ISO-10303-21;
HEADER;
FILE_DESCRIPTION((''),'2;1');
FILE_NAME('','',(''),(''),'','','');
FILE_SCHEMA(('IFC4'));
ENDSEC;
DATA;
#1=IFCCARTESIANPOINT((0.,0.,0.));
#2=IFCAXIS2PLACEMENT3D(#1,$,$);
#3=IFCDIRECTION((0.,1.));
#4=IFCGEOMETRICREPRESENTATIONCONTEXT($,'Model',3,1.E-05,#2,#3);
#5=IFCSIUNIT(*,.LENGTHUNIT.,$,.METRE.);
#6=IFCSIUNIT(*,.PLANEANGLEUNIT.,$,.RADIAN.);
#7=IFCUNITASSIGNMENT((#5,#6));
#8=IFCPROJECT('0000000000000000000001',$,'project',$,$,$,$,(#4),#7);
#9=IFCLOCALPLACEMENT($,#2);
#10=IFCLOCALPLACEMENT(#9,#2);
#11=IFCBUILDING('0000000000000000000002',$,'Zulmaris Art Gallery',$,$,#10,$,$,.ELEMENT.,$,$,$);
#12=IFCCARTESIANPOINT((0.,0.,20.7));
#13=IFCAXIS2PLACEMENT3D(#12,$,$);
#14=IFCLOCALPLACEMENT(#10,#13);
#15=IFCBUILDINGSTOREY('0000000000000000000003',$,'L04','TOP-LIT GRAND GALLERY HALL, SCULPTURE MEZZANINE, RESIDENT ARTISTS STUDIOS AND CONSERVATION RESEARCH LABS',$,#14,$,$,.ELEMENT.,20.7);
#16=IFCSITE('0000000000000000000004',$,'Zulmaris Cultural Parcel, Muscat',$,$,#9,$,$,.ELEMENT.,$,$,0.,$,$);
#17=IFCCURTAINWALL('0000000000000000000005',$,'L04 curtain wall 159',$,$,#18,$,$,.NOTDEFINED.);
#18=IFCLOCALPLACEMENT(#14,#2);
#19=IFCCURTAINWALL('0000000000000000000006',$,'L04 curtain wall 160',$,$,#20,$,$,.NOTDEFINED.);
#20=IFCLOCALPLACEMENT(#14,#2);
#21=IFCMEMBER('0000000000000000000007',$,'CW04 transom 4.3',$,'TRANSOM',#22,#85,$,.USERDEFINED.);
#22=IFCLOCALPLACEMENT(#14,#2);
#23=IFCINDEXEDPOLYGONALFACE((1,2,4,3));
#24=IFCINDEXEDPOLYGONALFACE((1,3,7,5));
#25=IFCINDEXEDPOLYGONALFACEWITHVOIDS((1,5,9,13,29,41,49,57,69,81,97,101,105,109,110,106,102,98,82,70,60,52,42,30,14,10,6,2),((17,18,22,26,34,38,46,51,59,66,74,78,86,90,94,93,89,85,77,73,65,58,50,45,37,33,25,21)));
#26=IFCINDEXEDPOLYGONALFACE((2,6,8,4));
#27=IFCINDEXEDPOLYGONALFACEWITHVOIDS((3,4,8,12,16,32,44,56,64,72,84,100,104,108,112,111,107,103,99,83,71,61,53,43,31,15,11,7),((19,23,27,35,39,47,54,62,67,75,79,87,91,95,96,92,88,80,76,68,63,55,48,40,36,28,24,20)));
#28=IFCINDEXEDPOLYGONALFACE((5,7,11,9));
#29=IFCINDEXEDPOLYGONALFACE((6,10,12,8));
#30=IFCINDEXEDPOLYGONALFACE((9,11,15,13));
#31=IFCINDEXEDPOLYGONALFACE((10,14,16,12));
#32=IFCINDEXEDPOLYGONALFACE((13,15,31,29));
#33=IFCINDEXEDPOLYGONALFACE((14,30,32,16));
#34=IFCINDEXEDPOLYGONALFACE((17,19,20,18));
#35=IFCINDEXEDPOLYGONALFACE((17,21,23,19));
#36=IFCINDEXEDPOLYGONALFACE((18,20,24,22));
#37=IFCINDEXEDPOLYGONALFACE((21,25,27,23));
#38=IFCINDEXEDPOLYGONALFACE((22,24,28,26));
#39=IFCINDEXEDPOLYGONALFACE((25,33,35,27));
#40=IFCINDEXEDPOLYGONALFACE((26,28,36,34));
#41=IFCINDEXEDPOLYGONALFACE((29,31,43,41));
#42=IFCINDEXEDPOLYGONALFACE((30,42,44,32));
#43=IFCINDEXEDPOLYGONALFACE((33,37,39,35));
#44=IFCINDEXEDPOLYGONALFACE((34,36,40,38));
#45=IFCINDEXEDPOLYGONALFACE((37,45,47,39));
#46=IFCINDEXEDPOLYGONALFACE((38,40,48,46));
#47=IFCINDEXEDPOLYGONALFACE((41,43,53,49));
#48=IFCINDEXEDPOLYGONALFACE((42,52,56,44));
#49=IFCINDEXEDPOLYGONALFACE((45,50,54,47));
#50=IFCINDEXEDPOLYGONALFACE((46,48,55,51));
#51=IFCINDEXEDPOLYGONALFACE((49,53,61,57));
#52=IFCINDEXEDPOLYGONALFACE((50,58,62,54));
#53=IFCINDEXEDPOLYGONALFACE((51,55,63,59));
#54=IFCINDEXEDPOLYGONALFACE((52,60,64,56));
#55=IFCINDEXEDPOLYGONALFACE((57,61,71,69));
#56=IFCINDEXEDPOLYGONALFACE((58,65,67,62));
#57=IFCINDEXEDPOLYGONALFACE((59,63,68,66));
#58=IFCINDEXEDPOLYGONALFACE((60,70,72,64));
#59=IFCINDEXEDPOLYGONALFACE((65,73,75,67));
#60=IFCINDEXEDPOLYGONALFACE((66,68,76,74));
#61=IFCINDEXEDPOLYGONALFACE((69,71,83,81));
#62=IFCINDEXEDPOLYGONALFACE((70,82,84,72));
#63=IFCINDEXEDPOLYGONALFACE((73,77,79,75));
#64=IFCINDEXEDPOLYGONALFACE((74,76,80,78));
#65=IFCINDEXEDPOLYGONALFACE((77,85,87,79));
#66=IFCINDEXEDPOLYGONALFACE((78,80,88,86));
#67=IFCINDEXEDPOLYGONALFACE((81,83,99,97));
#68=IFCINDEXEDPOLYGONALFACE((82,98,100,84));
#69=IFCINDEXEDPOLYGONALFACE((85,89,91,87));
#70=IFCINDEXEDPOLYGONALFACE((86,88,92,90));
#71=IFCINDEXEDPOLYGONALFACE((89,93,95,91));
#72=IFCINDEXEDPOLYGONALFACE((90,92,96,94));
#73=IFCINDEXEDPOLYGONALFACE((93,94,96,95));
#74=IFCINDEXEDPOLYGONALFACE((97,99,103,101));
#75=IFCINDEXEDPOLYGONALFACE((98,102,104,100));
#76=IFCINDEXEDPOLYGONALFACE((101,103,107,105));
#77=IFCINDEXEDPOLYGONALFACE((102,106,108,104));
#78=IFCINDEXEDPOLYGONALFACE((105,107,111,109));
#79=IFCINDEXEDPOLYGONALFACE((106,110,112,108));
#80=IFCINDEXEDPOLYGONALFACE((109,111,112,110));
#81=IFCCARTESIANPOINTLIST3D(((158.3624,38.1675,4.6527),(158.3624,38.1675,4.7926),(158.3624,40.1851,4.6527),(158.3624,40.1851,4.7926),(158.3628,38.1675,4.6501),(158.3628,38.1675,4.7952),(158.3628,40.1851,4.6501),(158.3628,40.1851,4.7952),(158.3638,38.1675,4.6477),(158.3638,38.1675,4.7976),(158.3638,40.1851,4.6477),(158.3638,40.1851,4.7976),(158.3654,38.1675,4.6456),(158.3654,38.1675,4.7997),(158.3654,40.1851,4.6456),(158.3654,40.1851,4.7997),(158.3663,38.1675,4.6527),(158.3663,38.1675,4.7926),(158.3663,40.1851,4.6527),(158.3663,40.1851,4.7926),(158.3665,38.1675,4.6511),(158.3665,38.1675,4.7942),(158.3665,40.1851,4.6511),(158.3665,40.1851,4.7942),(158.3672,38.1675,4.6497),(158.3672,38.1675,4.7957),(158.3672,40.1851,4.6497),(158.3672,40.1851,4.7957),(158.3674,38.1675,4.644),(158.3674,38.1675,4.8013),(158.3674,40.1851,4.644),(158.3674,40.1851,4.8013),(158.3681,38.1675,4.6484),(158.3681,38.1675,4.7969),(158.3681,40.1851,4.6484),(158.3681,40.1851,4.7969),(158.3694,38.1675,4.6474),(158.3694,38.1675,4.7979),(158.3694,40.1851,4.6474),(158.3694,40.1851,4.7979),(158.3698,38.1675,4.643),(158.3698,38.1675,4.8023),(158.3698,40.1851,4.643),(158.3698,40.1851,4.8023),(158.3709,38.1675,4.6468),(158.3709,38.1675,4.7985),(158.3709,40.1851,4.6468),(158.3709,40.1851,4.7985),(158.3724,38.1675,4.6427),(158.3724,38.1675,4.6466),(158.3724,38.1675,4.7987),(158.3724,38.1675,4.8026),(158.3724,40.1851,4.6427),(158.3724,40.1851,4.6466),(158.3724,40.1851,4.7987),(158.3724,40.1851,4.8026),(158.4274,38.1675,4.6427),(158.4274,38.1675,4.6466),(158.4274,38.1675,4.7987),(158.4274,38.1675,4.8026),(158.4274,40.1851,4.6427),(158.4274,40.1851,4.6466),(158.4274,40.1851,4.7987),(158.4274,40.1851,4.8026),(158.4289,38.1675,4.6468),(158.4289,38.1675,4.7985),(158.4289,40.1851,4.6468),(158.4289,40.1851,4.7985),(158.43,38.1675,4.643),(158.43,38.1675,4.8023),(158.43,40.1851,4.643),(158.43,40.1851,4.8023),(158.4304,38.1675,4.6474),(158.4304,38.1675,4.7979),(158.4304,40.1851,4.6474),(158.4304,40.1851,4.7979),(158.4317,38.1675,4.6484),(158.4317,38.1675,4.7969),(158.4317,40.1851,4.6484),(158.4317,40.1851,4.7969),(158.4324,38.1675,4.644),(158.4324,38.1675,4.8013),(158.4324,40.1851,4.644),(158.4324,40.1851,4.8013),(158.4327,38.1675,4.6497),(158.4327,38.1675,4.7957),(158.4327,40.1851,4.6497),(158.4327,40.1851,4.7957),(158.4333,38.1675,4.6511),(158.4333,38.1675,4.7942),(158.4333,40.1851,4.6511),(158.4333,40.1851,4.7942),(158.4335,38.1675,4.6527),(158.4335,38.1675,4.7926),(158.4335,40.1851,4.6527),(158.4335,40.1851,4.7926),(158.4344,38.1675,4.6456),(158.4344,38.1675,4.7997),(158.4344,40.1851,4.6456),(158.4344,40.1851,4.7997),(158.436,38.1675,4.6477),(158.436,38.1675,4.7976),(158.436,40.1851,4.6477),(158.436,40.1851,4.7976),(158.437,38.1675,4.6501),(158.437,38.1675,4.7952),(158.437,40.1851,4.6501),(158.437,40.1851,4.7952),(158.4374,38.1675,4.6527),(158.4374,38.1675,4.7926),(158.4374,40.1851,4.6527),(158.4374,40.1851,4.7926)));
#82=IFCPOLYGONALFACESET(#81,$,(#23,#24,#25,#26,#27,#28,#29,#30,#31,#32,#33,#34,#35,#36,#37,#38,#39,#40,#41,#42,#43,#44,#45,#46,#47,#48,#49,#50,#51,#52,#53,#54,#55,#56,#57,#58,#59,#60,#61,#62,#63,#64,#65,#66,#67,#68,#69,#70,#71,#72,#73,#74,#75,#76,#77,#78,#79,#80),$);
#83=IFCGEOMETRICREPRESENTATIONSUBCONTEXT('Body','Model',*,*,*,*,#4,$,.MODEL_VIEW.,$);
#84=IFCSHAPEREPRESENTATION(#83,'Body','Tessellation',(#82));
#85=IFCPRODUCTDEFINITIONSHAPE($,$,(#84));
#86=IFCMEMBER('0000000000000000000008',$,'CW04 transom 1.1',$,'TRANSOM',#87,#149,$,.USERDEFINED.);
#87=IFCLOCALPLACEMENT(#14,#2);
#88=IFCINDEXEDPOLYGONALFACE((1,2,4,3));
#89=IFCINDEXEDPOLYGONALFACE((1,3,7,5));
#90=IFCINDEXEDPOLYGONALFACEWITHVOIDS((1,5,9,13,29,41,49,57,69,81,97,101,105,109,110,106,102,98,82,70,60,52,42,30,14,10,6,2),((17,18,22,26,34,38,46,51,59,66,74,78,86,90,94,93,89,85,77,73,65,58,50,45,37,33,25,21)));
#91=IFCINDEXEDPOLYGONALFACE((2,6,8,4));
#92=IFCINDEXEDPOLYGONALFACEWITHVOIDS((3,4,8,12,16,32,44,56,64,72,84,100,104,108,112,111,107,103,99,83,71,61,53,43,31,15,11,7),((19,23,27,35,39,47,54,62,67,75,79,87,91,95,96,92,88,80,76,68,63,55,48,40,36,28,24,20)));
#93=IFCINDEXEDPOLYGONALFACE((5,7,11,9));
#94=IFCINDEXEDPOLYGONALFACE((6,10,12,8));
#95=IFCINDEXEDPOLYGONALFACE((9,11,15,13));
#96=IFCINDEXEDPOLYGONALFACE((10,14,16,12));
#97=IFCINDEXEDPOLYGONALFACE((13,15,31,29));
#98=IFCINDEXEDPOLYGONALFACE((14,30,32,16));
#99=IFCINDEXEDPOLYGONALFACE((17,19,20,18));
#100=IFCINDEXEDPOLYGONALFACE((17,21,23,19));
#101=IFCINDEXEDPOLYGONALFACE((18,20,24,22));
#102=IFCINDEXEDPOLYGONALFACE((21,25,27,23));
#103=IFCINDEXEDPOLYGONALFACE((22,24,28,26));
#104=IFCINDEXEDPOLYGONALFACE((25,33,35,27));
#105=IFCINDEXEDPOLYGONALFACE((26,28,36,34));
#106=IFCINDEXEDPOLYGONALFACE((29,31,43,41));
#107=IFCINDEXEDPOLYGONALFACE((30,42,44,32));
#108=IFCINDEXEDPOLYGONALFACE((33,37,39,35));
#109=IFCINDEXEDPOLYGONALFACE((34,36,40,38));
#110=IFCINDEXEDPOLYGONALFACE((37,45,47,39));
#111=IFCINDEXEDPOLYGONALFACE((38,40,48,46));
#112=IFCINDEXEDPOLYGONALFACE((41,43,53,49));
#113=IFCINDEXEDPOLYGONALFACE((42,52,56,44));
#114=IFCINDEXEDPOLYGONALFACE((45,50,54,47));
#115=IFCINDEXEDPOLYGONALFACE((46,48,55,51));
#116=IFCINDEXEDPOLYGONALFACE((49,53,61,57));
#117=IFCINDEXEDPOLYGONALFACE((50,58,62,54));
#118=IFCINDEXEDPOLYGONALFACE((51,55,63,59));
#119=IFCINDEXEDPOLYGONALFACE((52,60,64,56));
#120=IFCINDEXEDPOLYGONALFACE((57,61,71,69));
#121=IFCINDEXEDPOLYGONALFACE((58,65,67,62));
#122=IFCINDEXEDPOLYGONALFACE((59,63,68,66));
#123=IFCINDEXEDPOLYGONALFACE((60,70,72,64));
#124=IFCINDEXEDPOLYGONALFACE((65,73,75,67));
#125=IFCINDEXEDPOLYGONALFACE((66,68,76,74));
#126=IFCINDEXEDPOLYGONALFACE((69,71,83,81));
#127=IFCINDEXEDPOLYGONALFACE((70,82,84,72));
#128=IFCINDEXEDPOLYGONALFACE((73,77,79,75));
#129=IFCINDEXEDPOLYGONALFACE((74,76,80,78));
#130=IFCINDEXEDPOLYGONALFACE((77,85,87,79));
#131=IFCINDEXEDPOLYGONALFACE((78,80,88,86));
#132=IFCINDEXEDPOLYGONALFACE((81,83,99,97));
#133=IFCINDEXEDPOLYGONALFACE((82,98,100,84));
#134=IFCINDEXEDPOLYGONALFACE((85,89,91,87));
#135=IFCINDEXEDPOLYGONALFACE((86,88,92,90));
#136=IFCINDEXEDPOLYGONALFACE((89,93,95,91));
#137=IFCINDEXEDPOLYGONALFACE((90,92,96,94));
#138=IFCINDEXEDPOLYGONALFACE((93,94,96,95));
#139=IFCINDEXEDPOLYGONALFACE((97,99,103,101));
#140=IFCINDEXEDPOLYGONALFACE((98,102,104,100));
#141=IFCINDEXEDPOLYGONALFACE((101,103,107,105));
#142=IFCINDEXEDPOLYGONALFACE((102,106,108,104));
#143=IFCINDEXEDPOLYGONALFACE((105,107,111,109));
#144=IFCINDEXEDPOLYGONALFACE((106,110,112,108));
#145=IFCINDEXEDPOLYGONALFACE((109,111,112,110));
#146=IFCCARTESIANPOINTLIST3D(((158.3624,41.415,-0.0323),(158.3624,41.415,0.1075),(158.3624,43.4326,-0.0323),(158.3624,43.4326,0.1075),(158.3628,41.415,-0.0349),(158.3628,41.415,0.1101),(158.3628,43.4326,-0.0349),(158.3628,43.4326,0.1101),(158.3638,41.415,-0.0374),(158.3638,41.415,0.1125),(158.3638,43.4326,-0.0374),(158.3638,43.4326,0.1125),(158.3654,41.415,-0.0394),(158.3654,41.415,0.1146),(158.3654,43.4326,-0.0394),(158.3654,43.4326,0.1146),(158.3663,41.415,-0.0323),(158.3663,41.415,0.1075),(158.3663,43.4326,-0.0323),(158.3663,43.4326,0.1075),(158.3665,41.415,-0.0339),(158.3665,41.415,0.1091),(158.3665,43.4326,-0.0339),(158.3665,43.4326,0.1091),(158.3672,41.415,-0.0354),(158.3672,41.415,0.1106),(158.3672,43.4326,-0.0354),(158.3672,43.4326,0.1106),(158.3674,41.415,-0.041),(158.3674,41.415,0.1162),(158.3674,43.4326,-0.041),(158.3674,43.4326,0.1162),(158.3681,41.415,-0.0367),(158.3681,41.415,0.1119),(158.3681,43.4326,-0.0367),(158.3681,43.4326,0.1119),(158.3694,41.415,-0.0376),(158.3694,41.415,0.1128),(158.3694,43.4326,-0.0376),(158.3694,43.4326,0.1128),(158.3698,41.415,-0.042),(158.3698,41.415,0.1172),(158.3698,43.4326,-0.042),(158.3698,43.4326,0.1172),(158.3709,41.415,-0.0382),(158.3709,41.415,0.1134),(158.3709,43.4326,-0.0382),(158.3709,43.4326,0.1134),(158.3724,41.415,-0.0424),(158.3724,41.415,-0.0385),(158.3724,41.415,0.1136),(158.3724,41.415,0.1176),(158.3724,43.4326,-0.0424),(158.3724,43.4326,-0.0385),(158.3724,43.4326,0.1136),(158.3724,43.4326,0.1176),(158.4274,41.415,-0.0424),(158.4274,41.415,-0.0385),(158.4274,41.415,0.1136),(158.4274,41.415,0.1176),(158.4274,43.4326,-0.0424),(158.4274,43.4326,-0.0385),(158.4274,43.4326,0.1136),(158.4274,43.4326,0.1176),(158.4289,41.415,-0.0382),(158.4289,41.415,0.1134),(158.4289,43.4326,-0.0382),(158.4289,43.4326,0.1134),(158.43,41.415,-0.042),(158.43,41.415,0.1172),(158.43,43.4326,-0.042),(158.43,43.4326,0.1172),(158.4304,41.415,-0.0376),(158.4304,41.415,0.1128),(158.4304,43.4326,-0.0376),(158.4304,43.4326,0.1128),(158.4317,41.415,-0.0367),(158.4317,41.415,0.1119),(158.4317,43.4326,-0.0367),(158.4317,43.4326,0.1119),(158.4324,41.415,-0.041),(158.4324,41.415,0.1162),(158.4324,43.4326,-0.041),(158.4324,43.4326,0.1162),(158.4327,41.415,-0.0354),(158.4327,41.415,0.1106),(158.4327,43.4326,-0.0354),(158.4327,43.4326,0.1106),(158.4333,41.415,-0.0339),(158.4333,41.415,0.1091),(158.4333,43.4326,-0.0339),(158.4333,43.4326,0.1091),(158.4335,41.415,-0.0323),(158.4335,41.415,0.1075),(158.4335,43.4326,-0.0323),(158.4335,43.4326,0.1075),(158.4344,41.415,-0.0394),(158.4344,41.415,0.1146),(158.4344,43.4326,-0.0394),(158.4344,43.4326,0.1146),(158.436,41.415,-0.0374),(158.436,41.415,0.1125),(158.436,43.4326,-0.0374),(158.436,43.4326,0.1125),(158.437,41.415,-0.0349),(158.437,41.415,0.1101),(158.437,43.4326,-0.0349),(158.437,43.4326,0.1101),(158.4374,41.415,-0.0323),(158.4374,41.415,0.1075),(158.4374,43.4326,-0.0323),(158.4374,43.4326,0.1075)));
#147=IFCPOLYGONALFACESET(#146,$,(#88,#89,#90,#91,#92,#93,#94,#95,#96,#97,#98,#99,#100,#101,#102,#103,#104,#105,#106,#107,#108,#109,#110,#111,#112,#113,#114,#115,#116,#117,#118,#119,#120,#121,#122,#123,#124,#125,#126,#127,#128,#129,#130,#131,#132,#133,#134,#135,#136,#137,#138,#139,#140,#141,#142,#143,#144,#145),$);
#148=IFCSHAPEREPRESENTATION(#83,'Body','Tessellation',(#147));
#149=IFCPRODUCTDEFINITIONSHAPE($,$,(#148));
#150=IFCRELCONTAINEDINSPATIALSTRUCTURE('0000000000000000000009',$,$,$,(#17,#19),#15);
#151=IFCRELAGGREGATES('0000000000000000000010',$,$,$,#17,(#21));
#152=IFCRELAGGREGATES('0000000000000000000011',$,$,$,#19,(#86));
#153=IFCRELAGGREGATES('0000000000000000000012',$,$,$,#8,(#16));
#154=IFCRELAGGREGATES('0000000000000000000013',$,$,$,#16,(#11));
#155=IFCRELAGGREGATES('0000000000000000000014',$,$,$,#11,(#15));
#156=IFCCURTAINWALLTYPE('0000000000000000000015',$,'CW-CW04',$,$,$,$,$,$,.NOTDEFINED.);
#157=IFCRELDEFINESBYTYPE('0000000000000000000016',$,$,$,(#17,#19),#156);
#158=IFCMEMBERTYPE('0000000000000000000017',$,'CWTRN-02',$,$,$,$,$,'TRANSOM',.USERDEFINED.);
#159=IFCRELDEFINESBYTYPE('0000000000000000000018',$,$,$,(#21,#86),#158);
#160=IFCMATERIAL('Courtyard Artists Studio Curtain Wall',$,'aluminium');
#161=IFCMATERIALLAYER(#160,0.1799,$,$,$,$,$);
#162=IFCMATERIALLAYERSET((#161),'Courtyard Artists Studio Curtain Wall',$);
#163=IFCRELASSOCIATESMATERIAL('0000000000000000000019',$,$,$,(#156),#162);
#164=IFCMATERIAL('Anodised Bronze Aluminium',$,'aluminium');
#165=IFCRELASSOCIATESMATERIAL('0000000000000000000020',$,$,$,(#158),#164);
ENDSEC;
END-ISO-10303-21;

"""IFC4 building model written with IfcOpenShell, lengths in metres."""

from ifc_helpers import new_model, si_unit, direction, frame, origin, origin_2d, place, context, subcontext, project, spatial, hollow_rectangle, extrude, material, layer, layer_set, material_profile, profile_set, type_object, element, aggregate, save


model = new_model("IFC4")

# Units and contexts
model_context = context("Model", 3, precision=1e-05, world=origin(), true_north=direction((0.0, 1.0)))
body_context = subcontext(model_context, "Body", "Model", "MODEL_VIEW")
ifc_project = project(units=[si_unit("LENGTHUNIT", "METRE"), si_unit("PLANEANGLEUNIT", "RADIAN")], contexts=[model_context])

# Site, building, storey
site_placement = place(None, origin())
site = spatial("IfcSite", under=ifc_project, at=site_placement, Name="Zulmaris Cultural Parcel, Muscat", CompositionType="ELEMENT", RefElevation=0.0)
building_placement = place(site_placement, origin())
building = spatial("IfcBuilding", under=site, at=building_placement, Name="Zulmaris Art Gallery", CompositionType="ELEMENT")
storey_placement = place(building_placement, frame((0.0, 0.0, 20.7)))
storey = spatial("IfcBuildingStorey", under=building, at=storey_placement, Name="L04", Description="TOP-LIT GRAND GALLERY HALL, SCULPTURE MEZZANINE, RESIDENT ARTISTS STUDIOS AND CONSERVATION RESEARCH LABS", CompositionType="ELEMENT", Elevation=20.7)

# Curtain walls
ifc_material_1 = material(Name="Courtyard Artists Studio Curtain Wall", Category="aluminium")
ifc_layer_1 = layer(ifc_material_1, 0.1799)
ifc_layer_set_1 = layer_set([ifc_layer_1], Name="Courtyard Artists Studio Curtain Wall")
curtain_wall_type = type_object("IfcCurtainWallType", Name="CW-CW04", PredefinedType="NOTDEFINED", material=ifc_layer_set_1)
curtain_wall_1_placement = place(storey_placement, origin())
curtain_wall_1 = element("IfcCurtainWall", 1, at=curtain_wall_1_placement, inside=storey, type_object=curtain_wall_type, Name="L04 curtain wall 159", PredefinedType="NOTDEFINED")
ifc_material_2 = material(Name="Anodised Bronze Aluminium", Category="aluminium")
curtain_wall_2_placement = place(storey_placement, origin())
curtain_wall_2 = element("IfcCurtainWall", 2, at=curtain_wall_2_placement, inside=storey, type_object=curtain_wall_type, Name="L04 curtain wall 160", PredefinedType="NOTDEFINED")

# Members
ifc_material_profile_1 = material_profile(ifc_material_2, hollow_rectangle(XDim=0.075, YDim=0.1599, WallThickness=0.0039, InnerFilletRadius=0.0061, OuterFilletRadius=0.01, at=origin_2d()), Name="ALU 75x160x4")
ifc_profile_set_1 = profile_set([ifc_material_profile_1], Name="Anodised Bronze Aluminium")
member_type_1 = type_object("IfcMemberType", Name="CWTRN-02", ElementType="TRANSOM", PredefinedType="USERDEFINED", material=ifc_profile_set_1)
member_1_placement = place(storey_placement, frame((158.3999, 38.1675, 4.7227), z_axis=(0.0, 1.0, 0.0), x_axis=(-1.0, 0.0, 0.0)))
member_1 = element("IfcMember", 3, at=member_1_placement, type_object=member_type_1, Name="CW04 transom 4.3", ObjectType="TRANSOM", PredefinedType="USERDEFINED", context=body_context, shape_type="SweptSolid", body=[
    extrude(hollow_rectangle(XDim=0.075, YDim=0.1599, WallThickness=0.0039, InnerFilletRadius=0.0061, OuterFilletRadius=0.01, at=origin_2d()), origin(), (0.0, 0.0, 1.0), 2.0176),
])
member_2_placement = place(storey_placement, frame((158.3999, 41.415, 0.0376), z_axis=(0.0, 1.0, 0.0), x_axis=(-1.0, 0.0, 0.0)))
member_2 = element("IfcMember", 4, at=member_2_placement, type_object=member_type_1, Name="CW04 transom 1.1", ObjectType="TRANSOM", PredefinedType="USERDEFINED", context=body_context, shape_type="SweptSolid", body=[
    extrude(hollow_rectangle(XDim=0.075, YDim=0.1599, WallThickness=0.0039, InnerFilletRadius=0.0061, OuterFilletRadius=0.01, at=origin_2d()), origin(), (0.0, 0.0, 1.0), 2.0176),
])

aggregate(curtain_wall_1, [member_1])
aggregate(curtain_wall_2, [member_2])

save(model, "model.ifc")
